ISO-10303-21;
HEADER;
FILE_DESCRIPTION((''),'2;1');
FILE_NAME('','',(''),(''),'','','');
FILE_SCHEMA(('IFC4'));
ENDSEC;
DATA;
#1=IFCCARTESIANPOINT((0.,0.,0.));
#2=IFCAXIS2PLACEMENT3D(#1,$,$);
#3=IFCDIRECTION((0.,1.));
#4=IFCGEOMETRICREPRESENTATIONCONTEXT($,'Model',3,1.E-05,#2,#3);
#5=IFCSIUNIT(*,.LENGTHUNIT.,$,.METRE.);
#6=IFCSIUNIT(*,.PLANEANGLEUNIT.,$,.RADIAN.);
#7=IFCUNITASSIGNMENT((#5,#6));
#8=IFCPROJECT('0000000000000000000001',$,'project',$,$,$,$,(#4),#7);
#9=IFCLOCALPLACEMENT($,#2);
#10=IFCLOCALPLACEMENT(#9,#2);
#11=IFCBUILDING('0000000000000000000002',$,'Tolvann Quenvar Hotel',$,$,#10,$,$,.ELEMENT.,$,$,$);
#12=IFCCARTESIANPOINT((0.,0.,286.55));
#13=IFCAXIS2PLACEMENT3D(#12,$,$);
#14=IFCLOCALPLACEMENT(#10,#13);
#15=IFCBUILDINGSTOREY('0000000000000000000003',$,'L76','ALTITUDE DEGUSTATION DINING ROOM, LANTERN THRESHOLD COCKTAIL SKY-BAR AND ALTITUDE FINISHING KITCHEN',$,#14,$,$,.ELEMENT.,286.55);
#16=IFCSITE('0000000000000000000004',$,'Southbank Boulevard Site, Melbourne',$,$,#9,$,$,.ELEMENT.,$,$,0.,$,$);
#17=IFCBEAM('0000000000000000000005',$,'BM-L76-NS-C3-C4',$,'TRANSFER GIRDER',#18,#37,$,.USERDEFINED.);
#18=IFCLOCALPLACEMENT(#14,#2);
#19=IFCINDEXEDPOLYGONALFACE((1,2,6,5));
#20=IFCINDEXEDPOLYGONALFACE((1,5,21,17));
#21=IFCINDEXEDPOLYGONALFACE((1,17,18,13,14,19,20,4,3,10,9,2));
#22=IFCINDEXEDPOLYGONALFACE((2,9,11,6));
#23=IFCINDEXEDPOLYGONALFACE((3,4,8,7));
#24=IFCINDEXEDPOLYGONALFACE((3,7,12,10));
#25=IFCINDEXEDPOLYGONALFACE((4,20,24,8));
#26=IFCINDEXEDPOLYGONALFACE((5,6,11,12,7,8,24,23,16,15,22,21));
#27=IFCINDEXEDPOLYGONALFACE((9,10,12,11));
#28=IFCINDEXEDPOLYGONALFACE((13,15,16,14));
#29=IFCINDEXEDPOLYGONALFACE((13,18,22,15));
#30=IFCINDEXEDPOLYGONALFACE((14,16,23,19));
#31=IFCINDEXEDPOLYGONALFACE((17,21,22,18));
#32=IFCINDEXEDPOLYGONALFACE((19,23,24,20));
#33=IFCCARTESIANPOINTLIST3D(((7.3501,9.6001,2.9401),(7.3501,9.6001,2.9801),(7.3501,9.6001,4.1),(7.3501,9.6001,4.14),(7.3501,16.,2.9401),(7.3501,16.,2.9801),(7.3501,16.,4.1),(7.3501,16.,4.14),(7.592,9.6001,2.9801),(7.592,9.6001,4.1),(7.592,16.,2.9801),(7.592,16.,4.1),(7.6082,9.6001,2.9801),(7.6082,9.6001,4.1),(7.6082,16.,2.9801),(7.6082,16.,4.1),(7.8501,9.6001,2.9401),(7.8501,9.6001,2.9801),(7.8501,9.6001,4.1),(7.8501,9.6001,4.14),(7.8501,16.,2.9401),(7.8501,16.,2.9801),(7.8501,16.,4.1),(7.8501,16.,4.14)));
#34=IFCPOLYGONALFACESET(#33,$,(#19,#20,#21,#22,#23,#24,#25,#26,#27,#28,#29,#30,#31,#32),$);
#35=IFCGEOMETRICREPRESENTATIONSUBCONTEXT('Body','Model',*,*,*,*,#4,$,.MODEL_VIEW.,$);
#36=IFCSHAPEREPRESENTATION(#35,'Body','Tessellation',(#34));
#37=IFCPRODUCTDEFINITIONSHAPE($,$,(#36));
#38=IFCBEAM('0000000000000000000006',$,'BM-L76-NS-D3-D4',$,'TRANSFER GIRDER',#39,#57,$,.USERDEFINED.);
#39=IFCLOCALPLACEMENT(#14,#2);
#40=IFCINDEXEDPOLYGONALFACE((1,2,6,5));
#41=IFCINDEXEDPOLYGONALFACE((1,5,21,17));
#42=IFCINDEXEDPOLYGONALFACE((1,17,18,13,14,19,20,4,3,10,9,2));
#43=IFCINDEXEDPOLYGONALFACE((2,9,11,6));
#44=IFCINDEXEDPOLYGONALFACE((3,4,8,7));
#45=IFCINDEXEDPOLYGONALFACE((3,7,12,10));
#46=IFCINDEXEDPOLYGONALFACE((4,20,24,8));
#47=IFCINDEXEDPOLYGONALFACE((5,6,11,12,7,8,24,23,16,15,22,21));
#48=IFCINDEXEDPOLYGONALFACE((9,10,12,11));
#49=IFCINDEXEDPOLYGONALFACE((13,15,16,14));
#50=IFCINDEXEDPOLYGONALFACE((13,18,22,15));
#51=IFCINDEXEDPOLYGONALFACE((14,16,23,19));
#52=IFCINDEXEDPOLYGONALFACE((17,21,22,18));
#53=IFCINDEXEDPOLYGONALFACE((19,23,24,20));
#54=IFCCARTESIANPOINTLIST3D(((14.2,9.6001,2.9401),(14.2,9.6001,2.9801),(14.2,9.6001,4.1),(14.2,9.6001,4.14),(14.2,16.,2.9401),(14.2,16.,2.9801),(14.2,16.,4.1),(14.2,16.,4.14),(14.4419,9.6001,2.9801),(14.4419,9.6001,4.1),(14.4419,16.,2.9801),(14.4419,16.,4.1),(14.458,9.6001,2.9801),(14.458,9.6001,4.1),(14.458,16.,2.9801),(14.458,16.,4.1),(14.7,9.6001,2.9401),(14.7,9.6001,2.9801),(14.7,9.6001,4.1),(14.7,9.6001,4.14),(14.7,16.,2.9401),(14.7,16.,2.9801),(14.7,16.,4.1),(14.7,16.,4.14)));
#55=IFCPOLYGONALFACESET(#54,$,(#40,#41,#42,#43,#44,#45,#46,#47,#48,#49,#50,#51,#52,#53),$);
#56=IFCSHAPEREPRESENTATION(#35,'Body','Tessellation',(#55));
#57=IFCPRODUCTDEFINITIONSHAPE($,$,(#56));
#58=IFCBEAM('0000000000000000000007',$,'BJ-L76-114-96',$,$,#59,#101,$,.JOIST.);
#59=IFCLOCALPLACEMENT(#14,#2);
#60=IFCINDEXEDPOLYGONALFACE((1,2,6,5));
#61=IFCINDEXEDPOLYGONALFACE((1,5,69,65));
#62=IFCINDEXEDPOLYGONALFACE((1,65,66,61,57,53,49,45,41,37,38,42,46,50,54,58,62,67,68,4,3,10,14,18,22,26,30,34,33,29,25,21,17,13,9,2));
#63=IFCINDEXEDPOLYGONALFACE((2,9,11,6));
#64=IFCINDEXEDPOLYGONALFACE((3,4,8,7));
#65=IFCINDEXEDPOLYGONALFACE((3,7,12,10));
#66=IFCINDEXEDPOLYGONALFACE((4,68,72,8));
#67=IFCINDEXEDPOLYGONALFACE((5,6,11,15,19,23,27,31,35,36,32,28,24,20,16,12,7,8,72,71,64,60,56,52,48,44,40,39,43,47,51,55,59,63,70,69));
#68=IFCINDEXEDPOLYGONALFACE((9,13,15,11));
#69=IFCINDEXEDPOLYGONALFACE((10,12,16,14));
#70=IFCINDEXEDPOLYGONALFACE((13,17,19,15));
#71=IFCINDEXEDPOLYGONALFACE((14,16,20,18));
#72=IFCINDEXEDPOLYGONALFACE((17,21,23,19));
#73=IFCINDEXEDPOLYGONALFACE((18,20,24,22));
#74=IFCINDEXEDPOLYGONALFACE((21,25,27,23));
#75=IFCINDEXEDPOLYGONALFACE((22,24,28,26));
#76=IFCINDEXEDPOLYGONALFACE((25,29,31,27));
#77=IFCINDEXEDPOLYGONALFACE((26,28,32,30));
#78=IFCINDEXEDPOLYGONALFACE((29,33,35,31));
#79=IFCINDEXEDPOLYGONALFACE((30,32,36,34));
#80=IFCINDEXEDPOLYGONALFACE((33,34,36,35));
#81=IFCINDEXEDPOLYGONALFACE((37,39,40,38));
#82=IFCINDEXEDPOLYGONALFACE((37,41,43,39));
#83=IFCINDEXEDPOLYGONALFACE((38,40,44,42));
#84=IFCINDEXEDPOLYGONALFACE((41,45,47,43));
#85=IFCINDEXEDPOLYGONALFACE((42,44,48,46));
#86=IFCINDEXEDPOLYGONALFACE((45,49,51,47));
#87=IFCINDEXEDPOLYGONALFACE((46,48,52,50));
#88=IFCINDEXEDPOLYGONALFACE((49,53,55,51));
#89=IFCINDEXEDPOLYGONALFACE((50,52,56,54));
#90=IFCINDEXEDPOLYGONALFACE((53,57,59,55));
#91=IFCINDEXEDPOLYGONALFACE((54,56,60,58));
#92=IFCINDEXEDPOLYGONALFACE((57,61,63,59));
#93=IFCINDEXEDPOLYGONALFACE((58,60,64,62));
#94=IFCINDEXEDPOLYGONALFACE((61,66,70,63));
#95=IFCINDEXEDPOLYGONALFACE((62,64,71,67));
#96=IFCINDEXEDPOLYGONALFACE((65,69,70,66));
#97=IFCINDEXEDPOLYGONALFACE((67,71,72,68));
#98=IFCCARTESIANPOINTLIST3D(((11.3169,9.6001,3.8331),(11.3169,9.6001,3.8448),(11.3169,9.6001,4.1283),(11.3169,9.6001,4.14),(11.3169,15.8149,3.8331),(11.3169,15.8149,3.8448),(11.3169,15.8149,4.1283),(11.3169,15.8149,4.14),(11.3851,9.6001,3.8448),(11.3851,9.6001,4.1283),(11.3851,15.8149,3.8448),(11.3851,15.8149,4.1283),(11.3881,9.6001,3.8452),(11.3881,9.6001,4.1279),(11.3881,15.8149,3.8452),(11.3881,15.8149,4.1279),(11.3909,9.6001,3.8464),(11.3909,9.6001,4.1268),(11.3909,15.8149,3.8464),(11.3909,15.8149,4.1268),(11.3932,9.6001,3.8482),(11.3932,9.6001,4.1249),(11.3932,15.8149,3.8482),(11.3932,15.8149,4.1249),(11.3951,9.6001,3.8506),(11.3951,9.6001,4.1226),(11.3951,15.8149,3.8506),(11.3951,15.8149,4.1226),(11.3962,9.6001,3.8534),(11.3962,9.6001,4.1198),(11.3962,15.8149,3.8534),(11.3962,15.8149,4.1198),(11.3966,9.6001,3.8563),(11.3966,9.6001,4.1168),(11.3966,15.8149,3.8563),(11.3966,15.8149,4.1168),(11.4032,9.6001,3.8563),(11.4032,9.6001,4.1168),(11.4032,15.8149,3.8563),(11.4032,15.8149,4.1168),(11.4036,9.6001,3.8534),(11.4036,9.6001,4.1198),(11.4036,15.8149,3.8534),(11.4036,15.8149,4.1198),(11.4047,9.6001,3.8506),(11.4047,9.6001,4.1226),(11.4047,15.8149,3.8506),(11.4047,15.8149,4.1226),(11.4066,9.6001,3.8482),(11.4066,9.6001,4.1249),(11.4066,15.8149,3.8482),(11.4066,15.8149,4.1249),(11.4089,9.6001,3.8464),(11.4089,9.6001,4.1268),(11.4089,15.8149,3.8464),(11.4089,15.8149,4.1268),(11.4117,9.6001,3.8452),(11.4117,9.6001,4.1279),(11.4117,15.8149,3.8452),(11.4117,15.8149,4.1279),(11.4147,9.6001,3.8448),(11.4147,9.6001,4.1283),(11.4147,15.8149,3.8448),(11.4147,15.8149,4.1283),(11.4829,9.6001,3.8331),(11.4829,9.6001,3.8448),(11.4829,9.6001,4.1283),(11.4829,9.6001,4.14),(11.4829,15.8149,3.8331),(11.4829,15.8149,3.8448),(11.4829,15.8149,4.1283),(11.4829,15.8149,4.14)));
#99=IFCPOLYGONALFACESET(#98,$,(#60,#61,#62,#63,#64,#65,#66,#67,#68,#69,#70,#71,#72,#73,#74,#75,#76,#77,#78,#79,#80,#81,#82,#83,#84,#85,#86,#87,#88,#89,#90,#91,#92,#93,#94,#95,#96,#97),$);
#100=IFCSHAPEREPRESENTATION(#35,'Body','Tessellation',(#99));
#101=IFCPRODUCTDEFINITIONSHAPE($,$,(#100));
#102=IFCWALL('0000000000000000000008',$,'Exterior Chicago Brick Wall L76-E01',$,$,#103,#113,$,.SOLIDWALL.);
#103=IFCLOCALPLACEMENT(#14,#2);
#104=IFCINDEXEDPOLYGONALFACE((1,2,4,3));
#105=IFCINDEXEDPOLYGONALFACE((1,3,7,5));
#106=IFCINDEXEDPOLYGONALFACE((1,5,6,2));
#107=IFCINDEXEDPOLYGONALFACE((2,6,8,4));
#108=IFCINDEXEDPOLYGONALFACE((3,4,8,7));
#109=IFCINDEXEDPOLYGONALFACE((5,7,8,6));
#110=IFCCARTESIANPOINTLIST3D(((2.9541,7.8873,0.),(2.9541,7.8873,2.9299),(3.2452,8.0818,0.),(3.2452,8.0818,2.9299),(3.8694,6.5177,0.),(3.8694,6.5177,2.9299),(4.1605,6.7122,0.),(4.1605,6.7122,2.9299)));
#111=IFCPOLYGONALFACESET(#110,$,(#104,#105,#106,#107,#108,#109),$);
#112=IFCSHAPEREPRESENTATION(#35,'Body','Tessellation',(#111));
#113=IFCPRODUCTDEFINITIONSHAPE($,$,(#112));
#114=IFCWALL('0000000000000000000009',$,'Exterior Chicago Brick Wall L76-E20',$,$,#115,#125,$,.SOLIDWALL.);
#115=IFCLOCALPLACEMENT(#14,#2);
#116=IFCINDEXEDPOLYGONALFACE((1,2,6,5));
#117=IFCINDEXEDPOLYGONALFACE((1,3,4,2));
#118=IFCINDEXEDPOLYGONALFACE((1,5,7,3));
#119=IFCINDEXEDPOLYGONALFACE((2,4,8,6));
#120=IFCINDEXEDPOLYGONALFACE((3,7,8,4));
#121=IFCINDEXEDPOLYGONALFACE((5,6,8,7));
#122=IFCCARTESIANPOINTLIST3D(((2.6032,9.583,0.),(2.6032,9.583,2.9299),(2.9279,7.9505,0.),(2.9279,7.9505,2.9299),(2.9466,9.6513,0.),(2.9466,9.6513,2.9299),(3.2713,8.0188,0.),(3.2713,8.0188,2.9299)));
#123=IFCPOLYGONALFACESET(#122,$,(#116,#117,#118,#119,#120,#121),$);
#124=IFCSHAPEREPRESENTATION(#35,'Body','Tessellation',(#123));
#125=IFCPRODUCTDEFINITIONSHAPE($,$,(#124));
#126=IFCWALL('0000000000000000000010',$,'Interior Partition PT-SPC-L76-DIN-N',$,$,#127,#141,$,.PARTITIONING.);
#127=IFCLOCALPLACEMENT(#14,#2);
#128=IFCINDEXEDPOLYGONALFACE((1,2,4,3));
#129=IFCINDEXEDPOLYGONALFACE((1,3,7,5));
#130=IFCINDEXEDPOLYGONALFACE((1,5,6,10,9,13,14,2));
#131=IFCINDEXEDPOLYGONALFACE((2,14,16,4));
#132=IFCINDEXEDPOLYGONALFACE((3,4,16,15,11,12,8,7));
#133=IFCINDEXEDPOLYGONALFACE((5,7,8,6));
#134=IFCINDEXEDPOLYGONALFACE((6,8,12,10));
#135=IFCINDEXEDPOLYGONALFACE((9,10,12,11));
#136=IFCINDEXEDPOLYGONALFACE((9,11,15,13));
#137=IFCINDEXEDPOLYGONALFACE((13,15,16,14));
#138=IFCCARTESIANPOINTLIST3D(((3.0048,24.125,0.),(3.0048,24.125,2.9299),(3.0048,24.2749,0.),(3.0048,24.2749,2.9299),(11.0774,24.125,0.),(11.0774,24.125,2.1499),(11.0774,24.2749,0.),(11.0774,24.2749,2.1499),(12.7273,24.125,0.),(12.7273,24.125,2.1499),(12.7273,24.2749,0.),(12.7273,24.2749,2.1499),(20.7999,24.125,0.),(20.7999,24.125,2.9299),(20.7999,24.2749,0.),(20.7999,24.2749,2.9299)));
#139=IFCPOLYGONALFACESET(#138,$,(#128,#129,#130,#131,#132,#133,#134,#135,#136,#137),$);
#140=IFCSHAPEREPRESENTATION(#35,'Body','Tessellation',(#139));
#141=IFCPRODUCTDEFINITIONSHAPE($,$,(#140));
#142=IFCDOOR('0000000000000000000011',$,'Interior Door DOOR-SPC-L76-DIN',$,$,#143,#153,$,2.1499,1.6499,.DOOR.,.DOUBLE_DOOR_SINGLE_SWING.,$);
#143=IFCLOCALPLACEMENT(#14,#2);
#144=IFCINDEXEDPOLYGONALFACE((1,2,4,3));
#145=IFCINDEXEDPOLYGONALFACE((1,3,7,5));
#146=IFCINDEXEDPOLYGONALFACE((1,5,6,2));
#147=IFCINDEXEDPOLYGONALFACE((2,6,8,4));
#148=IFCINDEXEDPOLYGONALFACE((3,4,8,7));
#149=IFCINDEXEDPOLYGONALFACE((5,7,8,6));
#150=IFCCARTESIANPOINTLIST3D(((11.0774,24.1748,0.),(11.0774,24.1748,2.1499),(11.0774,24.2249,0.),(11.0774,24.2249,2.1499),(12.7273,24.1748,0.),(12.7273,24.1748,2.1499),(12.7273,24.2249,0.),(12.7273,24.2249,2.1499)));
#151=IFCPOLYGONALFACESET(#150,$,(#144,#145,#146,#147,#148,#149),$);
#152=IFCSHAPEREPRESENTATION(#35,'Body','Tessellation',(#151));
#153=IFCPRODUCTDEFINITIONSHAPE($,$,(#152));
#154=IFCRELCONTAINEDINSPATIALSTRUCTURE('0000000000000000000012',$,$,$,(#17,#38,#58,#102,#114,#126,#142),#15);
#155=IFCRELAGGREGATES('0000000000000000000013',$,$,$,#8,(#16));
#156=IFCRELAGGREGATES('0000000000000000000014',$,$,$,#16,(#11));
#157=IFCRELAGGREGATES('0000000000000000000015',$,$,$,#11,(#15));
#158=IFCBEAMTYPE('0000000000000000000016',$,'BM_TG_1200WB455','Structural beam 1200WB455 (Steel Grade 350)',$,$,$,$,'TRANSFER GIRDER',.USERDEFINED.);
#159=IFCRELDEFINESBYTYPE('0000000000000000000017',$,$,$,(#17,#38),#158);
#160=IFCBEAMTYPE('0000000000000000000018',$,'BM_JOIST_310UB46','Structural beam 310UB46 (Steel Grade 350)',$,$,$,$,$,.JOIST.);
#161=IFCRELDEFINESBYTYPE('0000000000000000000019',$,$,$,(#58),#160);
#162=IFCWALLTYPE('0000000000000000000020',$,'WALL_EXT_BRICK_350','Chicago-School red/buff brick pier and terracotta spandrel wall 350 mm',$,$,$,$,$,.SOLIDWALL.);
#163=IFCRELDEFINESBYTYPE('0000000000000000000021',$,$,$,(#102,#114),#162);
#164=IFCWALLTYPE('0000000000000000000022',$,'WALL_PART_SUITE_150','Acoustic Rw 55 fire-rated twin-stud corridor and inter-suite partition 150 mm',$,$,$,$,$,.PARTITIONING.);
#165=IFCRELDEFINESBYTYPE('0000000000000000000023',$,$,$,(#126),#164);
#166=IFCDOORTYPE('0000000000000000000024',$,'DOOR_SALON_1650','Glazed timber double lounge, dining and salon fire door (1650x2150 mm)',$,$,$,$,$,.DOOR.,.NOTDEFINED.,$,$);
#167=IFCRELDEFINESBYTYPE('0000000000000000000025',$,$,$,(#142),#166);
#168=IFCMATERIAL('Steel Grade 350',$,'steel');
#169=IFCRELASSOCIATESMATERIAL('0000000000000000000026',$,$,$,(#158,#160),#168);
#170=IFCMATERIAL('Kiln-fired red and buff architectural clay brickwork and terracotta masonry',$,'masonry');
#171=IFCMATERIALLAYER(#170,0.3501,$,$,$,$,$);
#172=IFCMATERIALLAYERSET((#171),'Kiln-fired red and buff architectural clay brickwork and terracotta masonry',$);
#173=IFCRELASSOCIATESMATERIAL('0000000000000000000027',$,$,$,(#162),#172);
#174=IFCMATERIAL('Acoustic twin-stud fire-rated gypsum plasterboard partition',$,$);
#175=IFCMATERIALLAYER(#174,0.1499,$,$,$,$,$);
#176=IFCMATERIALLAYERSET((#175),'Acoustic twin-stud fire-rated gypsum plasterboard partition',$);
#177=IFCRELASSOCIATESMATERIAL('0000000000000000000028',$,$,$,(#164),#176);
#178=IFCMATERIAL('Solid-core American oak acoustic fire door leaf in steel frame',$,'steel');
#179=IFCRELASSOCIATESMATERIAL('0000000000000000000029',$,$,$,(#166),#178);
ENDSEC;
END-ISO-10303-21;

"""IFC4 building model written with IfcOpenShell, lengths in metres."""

from ifc_helpers import new_model, si_unit, direction, frame, frame_2d, origin, origin_2d, place, context, subcontext, project, spatial, rectangle, i_section, extrude, source, transform, mapped, material, layer, layer_set, material_profile, profile_set, type_object, type_shapes, element, fill, save


model = new_model("IFC4")

# Units and contexts
model_context = context("Model", 3, precision=1e-05, world=origin(), true_north=direction((0.0, 1.0)))
body_context = subcontext(model_context, "Body", "Model", "MODEL_VIEW")
ifc_project = project(units=[si_unit("LENGTHUNIT", "METRE"), si_unit("PLANEANGLEUNIT", "RADIAN")], contexts=[model_context])

# Site, building, storey
site_placement = place(None, origin())
site = spatial("IfcSite", under=ifc_project, at=site_placement, Name="Southbank Boulevard Site, Melbourne", CompositionType="ELEMENT", RefElevation=0.0)
building_placement = place(site_placement, origin())
building = spatial("IfcBuilding", under=site, at=building_placement, Name="Tolvann Quenvar Hotel", CompositionType="ELEMENT")
storey_placement = place(building_placement, frame((0.0, 0.0, 286.55)))
storey = spatial("IfcBuildingStorey", under=building, at=storey_placement, Name="L76", Description="ALTITUDE DEGUSTATION DINING ROOM, LANTERN THRESHOLD COCKTAIL SKY-BAR AND ALTITUDE FINISHING KITCHEN", CompositionType="ELEMENT", Elevation=286.55)

# Shared definitions
ifc_material_1 = material(Name="Steel Grade 350", Category="steel")

# Beams
ifc_material_profile_1 = material_profile(ifc_material_1, i_section(OverallWidth=0.5, OverallDepth=1.2, WebThickness=0.0161, FlangeThickness=0.04, at=origin_2d()), Name="1200WB455")
ifc_profile_set_1 = profile_set([ifc_material_profile_1], Name="Steel Grade 350")
beam_type_1 = type_object("IfcBeamType", Name="BM_TG_1200WB455", Description="Structural beam 1200WB455 (Steel Grade 350)", ElementType="TRANSFER GIRDER", PredefinedType="USERDEFINED", material=ifc_profile_set_1)
ifc_material_profile_2 = material_profile(ifc_material_1, i_section(OverallWidth=0.166, OverallDepth=0.3069, WebThickness=0.0066, FlangeThickness=0.0117, FilletRadius=0.0115, at=origin_2d()), Name="310UB46")
ifc_profile_set_2 = profile_set([ifc_material_profile_2], Name="Steel Grade 350")
beam_type_2 = type_object("IfcBeamType", Name="BM_JOIST_310UB46", Description="Structural beam 310UB46 (Steel Grade 350)", PredefinedType="JOIST", material=ifc_profile_set_2)
shared_shape_1 = source(origin(), body_context, "Body", "SweptSolid", [
    extrude(i_section(OverallWidth=0.5, OverallDepth=1.2, WebThickness=0.0161, FlangeThickness=0.04, at=origin_2d()), origin(), (0.0, 0.0, 1.0), 6.3999),
])
for number, where, z_axis, x_axis, name in (
    (1, (7.6001, 9.6001, 3.54), (0.0, 1.0, 0.0), (-1.0, 0.0, 0.0), "BM-L76-NS-C3-C4"),
    (2, (14.45, 9.6001, 3.54), (0.0, 1.0, 0.0), (-1.0, 0.0, 0.0), "BM-L76-NS-D3-D4"),
):
    element("IfcBeam", number, at=place(storey_placement, frame(where, z_axis=z_axis, x_axis=x_axis)), inside=storey, type_object=beam_type_1, Name=name, ObjectType="TRANSFER GIRDER", PredefinedType="USERDEFINED", context=body_context, shape_type="MappedRepresentation", body=[
        mapped(shared_shape_1, transform((0.0, 0.0, 0.0), x_axis=(1.0, 0.0, 0.0), y_axis=(0.0, 1.0, 0.0), z_axis=(0.0, 0.0, 1.0), scale=1.0)),
    ])
shared_shape_2 = source(origin(), body_context, "Body", "SweptSolid", [
    extrude(i_section(OverallWidth=0.166, OverallDepth=0.3069, WebThickness=0.0066, FlangeThickness=0.0117, FilletRadius=0.0115, at=origin_2d()), origin(), (0.0, 0.0, 1.0), 6.2148),
])
beam_1_placement = place(storey_placement, frame((11.3999, 9.6001, 3.9866), z_axis=(0.0, 1.0, 0.0), x_axis=(-1.0, 0.0, 0.0)))
element("IfcBeam", 3, at=beam_1_placement, inside=storey, type_object=beam_type_2, Name="BJ-L76-114-96", PredefinedType="JOIST", context=body_context, shape_type="MappedRepresentation", body=[
    mapped(shared_shape_2, transform((0.0, 0.0, 0.0), x_axis=(1.0, 0.0, 0.0), y_axis=(0.0, 1.0, 0.0), z_axis=(0.0, 0.0, 1.0), scale=1.0)),
])

# Walls
ifc_material_2 = material(Name="Kiln-fired red and buff architectural clay brickwork and terracotta masonry", Category="masonry")
ifc_layer_1 = layer(ifc_material_2, 0.3501)
ifc_layer_set_1 = layer_set([ifc_layer_1], Name="Kiln-fired red and buff architectural clay brickwork and terracotta masonry")
wall_type_1 = type_object("IfcWallType", Name="WALL_EXT_BRICK_350", Description="Chicago-School red/buff brick pier and terracotta spandrel wall 350 mm", PredefinedType="SOLIDWALL", material=ifc_layer_set_1)
wall_1_placement = place(storey_placement, frame((3.0996, 7.9846, 0.0), z_axis=(0.0, 0.0, 1.0), x_axis=(0.555623, -0.831434, 0.0)))
element("IfcWall", 4, at=wall_1_placement, inside=storey, type_object=wall_type_1, Name="Exterior Chicago Brick Wall L76-E01", PredefinedType="SOLIDWALL", context=body_context, shape_type="SweptSolid", body=[
    extrude(rectangle(XDim=1.6472, YDim=0.3501, at=frame_2d((0.8237, 0.0))), origin(), (0.0, 0.0, 1.0), 2.9299),
])
wall_2_placement = place(storey_placement, frame((2.7749, 9.6172, 0.0), z_axis=(0.0, 0.0, 1.0), x_axis=(0.195072, -0.980789, 0.0)))
element("IfcWall", 5, at=wall_2_placement, inside=storey, type_object=wall_type_1, Name="Exterior Chicago Brick Wall L76-E20", PredefinedType="SOLIDWALL", context=body_context, shape_type="SweptSolid", body=[
    extrude(rectangle(XDim=1.6646, YDim=0.3501, at=frame_2d((0.8323, 0.0))), origin(), (0.0, 0.0, 1.0), 2.9299),
])

# Wall, opening, door
ifc_material_3 = material(Name="Acoustic twin-stud fire-rated gypsum plasterboard partition")
ifc_layer_2 = layer(ifc_material_3, 0.1499)
ifc_layer_set_2 = layer_set([ifc_layer_2], Name="Acoustic twin-stud fire-rated gypsum plasterboard partition")
wall_type_2 = type_object("IfcWallType", Name="WALL_PART_SUITE_150", Description="Acoustic Rw 55 fire-rated twin-stud corridor and inter-suite partition 150 mm", PredefinedType="PARTITIONING", material=ifc_layer_set_2)
wall_3_placement = place(storey_placement, frame((3.0049, 24.2, 0.0), z_axis=(0.0, 0.0, 1.0), x_axis=(1.0, 0.0, 0.0)))
wall_3 = element("IfcWall", 6, at=wall_3_placement, inside=storey, type_object=wall_type_2, Name="Interior Partition PT-SPC-L76-DIN-N", PredefinedType="PARTITIONING", context=body_context, shape_type="SweptSolid", body=[
    extrude(rectangle(XDim=17.7952, YDim=0.1499, at=frame_2d((8.8975, 0.0))), origin(), (0.0, 0.0, 1.0), 2.9299),
])
opening_placement = place(wall_3_placement, frame((8.0725, 0.0, 0.0)))
opening = element("IfcOpeningElement", 7, at=opening_placement, cuts=wall_3, PredefinedType="OPENING", context=body_context, shape_type="SweptSolid", body=[
    extrude(rectangle(XDim=1.6499, YDim=2.1499, at=frame_2d((0.825, 1.075))), frame((0.0, 0.085, 0.0), z_axis=(0.0, -1.0, 0.0), x_axis=(1.0, 0.0, 0.0)), (0.0, 0.0, 1.0), 0.1699),
])
ifc_material_4 = material(Name="Solid-core American oak acoustic fire door leaf in steel frame", Category="steel")
door_type = type_object("IfcDoorType", Name="DOOR_SALON_1650", Description="Glazed timber double lounge, dining and salon fire door (1650x2150 mm)", OperationType="NOTDEFINED", PredefinedType="DOOR", material=ifc_material_4)
shared_shape_3 = source(origin(), body_context, "Body", "SweptSolid", [
    extrude(rectangle(XDim=1.6499, YDim=2.1499, at=frame_2d((0.825, 1.075))), frame((0.0, 0.0249, 0.0), z_axis=(0.0, -1.0, 0.0), x_axis=(1.0, 0.0, 0.0)), (0.0, 0.0, 1.0), 0.05),
])
type_shapes(door_type, [shared_shape_3])
door_placement = place(opening_placement, origin())
door = element("IfcDoor", 8, at=door_placement, inside=storey, type_object=door_type, Name="Interior Door DOOR-SPC-L76-DIN", OperationType="DOUBLE_DOOR_SINGLE_SWING", OverallHeight=2.1499, OverallWidth=1.6499, PredefinedType="DOOR", context=body_context, shape_type="MappedRepresentation", body=[
    mapped(shared_shape_3, transform((0.0, 0.0, 0.0), x_axis=(1.0, 0.0, 0.0), y_axis=(0.0, 1.0, 0.0), z_axis=(0.0, 0.0, 1.0), scale=1.0)),
])
fill(opening, door)

save(model, "model.ifc")
